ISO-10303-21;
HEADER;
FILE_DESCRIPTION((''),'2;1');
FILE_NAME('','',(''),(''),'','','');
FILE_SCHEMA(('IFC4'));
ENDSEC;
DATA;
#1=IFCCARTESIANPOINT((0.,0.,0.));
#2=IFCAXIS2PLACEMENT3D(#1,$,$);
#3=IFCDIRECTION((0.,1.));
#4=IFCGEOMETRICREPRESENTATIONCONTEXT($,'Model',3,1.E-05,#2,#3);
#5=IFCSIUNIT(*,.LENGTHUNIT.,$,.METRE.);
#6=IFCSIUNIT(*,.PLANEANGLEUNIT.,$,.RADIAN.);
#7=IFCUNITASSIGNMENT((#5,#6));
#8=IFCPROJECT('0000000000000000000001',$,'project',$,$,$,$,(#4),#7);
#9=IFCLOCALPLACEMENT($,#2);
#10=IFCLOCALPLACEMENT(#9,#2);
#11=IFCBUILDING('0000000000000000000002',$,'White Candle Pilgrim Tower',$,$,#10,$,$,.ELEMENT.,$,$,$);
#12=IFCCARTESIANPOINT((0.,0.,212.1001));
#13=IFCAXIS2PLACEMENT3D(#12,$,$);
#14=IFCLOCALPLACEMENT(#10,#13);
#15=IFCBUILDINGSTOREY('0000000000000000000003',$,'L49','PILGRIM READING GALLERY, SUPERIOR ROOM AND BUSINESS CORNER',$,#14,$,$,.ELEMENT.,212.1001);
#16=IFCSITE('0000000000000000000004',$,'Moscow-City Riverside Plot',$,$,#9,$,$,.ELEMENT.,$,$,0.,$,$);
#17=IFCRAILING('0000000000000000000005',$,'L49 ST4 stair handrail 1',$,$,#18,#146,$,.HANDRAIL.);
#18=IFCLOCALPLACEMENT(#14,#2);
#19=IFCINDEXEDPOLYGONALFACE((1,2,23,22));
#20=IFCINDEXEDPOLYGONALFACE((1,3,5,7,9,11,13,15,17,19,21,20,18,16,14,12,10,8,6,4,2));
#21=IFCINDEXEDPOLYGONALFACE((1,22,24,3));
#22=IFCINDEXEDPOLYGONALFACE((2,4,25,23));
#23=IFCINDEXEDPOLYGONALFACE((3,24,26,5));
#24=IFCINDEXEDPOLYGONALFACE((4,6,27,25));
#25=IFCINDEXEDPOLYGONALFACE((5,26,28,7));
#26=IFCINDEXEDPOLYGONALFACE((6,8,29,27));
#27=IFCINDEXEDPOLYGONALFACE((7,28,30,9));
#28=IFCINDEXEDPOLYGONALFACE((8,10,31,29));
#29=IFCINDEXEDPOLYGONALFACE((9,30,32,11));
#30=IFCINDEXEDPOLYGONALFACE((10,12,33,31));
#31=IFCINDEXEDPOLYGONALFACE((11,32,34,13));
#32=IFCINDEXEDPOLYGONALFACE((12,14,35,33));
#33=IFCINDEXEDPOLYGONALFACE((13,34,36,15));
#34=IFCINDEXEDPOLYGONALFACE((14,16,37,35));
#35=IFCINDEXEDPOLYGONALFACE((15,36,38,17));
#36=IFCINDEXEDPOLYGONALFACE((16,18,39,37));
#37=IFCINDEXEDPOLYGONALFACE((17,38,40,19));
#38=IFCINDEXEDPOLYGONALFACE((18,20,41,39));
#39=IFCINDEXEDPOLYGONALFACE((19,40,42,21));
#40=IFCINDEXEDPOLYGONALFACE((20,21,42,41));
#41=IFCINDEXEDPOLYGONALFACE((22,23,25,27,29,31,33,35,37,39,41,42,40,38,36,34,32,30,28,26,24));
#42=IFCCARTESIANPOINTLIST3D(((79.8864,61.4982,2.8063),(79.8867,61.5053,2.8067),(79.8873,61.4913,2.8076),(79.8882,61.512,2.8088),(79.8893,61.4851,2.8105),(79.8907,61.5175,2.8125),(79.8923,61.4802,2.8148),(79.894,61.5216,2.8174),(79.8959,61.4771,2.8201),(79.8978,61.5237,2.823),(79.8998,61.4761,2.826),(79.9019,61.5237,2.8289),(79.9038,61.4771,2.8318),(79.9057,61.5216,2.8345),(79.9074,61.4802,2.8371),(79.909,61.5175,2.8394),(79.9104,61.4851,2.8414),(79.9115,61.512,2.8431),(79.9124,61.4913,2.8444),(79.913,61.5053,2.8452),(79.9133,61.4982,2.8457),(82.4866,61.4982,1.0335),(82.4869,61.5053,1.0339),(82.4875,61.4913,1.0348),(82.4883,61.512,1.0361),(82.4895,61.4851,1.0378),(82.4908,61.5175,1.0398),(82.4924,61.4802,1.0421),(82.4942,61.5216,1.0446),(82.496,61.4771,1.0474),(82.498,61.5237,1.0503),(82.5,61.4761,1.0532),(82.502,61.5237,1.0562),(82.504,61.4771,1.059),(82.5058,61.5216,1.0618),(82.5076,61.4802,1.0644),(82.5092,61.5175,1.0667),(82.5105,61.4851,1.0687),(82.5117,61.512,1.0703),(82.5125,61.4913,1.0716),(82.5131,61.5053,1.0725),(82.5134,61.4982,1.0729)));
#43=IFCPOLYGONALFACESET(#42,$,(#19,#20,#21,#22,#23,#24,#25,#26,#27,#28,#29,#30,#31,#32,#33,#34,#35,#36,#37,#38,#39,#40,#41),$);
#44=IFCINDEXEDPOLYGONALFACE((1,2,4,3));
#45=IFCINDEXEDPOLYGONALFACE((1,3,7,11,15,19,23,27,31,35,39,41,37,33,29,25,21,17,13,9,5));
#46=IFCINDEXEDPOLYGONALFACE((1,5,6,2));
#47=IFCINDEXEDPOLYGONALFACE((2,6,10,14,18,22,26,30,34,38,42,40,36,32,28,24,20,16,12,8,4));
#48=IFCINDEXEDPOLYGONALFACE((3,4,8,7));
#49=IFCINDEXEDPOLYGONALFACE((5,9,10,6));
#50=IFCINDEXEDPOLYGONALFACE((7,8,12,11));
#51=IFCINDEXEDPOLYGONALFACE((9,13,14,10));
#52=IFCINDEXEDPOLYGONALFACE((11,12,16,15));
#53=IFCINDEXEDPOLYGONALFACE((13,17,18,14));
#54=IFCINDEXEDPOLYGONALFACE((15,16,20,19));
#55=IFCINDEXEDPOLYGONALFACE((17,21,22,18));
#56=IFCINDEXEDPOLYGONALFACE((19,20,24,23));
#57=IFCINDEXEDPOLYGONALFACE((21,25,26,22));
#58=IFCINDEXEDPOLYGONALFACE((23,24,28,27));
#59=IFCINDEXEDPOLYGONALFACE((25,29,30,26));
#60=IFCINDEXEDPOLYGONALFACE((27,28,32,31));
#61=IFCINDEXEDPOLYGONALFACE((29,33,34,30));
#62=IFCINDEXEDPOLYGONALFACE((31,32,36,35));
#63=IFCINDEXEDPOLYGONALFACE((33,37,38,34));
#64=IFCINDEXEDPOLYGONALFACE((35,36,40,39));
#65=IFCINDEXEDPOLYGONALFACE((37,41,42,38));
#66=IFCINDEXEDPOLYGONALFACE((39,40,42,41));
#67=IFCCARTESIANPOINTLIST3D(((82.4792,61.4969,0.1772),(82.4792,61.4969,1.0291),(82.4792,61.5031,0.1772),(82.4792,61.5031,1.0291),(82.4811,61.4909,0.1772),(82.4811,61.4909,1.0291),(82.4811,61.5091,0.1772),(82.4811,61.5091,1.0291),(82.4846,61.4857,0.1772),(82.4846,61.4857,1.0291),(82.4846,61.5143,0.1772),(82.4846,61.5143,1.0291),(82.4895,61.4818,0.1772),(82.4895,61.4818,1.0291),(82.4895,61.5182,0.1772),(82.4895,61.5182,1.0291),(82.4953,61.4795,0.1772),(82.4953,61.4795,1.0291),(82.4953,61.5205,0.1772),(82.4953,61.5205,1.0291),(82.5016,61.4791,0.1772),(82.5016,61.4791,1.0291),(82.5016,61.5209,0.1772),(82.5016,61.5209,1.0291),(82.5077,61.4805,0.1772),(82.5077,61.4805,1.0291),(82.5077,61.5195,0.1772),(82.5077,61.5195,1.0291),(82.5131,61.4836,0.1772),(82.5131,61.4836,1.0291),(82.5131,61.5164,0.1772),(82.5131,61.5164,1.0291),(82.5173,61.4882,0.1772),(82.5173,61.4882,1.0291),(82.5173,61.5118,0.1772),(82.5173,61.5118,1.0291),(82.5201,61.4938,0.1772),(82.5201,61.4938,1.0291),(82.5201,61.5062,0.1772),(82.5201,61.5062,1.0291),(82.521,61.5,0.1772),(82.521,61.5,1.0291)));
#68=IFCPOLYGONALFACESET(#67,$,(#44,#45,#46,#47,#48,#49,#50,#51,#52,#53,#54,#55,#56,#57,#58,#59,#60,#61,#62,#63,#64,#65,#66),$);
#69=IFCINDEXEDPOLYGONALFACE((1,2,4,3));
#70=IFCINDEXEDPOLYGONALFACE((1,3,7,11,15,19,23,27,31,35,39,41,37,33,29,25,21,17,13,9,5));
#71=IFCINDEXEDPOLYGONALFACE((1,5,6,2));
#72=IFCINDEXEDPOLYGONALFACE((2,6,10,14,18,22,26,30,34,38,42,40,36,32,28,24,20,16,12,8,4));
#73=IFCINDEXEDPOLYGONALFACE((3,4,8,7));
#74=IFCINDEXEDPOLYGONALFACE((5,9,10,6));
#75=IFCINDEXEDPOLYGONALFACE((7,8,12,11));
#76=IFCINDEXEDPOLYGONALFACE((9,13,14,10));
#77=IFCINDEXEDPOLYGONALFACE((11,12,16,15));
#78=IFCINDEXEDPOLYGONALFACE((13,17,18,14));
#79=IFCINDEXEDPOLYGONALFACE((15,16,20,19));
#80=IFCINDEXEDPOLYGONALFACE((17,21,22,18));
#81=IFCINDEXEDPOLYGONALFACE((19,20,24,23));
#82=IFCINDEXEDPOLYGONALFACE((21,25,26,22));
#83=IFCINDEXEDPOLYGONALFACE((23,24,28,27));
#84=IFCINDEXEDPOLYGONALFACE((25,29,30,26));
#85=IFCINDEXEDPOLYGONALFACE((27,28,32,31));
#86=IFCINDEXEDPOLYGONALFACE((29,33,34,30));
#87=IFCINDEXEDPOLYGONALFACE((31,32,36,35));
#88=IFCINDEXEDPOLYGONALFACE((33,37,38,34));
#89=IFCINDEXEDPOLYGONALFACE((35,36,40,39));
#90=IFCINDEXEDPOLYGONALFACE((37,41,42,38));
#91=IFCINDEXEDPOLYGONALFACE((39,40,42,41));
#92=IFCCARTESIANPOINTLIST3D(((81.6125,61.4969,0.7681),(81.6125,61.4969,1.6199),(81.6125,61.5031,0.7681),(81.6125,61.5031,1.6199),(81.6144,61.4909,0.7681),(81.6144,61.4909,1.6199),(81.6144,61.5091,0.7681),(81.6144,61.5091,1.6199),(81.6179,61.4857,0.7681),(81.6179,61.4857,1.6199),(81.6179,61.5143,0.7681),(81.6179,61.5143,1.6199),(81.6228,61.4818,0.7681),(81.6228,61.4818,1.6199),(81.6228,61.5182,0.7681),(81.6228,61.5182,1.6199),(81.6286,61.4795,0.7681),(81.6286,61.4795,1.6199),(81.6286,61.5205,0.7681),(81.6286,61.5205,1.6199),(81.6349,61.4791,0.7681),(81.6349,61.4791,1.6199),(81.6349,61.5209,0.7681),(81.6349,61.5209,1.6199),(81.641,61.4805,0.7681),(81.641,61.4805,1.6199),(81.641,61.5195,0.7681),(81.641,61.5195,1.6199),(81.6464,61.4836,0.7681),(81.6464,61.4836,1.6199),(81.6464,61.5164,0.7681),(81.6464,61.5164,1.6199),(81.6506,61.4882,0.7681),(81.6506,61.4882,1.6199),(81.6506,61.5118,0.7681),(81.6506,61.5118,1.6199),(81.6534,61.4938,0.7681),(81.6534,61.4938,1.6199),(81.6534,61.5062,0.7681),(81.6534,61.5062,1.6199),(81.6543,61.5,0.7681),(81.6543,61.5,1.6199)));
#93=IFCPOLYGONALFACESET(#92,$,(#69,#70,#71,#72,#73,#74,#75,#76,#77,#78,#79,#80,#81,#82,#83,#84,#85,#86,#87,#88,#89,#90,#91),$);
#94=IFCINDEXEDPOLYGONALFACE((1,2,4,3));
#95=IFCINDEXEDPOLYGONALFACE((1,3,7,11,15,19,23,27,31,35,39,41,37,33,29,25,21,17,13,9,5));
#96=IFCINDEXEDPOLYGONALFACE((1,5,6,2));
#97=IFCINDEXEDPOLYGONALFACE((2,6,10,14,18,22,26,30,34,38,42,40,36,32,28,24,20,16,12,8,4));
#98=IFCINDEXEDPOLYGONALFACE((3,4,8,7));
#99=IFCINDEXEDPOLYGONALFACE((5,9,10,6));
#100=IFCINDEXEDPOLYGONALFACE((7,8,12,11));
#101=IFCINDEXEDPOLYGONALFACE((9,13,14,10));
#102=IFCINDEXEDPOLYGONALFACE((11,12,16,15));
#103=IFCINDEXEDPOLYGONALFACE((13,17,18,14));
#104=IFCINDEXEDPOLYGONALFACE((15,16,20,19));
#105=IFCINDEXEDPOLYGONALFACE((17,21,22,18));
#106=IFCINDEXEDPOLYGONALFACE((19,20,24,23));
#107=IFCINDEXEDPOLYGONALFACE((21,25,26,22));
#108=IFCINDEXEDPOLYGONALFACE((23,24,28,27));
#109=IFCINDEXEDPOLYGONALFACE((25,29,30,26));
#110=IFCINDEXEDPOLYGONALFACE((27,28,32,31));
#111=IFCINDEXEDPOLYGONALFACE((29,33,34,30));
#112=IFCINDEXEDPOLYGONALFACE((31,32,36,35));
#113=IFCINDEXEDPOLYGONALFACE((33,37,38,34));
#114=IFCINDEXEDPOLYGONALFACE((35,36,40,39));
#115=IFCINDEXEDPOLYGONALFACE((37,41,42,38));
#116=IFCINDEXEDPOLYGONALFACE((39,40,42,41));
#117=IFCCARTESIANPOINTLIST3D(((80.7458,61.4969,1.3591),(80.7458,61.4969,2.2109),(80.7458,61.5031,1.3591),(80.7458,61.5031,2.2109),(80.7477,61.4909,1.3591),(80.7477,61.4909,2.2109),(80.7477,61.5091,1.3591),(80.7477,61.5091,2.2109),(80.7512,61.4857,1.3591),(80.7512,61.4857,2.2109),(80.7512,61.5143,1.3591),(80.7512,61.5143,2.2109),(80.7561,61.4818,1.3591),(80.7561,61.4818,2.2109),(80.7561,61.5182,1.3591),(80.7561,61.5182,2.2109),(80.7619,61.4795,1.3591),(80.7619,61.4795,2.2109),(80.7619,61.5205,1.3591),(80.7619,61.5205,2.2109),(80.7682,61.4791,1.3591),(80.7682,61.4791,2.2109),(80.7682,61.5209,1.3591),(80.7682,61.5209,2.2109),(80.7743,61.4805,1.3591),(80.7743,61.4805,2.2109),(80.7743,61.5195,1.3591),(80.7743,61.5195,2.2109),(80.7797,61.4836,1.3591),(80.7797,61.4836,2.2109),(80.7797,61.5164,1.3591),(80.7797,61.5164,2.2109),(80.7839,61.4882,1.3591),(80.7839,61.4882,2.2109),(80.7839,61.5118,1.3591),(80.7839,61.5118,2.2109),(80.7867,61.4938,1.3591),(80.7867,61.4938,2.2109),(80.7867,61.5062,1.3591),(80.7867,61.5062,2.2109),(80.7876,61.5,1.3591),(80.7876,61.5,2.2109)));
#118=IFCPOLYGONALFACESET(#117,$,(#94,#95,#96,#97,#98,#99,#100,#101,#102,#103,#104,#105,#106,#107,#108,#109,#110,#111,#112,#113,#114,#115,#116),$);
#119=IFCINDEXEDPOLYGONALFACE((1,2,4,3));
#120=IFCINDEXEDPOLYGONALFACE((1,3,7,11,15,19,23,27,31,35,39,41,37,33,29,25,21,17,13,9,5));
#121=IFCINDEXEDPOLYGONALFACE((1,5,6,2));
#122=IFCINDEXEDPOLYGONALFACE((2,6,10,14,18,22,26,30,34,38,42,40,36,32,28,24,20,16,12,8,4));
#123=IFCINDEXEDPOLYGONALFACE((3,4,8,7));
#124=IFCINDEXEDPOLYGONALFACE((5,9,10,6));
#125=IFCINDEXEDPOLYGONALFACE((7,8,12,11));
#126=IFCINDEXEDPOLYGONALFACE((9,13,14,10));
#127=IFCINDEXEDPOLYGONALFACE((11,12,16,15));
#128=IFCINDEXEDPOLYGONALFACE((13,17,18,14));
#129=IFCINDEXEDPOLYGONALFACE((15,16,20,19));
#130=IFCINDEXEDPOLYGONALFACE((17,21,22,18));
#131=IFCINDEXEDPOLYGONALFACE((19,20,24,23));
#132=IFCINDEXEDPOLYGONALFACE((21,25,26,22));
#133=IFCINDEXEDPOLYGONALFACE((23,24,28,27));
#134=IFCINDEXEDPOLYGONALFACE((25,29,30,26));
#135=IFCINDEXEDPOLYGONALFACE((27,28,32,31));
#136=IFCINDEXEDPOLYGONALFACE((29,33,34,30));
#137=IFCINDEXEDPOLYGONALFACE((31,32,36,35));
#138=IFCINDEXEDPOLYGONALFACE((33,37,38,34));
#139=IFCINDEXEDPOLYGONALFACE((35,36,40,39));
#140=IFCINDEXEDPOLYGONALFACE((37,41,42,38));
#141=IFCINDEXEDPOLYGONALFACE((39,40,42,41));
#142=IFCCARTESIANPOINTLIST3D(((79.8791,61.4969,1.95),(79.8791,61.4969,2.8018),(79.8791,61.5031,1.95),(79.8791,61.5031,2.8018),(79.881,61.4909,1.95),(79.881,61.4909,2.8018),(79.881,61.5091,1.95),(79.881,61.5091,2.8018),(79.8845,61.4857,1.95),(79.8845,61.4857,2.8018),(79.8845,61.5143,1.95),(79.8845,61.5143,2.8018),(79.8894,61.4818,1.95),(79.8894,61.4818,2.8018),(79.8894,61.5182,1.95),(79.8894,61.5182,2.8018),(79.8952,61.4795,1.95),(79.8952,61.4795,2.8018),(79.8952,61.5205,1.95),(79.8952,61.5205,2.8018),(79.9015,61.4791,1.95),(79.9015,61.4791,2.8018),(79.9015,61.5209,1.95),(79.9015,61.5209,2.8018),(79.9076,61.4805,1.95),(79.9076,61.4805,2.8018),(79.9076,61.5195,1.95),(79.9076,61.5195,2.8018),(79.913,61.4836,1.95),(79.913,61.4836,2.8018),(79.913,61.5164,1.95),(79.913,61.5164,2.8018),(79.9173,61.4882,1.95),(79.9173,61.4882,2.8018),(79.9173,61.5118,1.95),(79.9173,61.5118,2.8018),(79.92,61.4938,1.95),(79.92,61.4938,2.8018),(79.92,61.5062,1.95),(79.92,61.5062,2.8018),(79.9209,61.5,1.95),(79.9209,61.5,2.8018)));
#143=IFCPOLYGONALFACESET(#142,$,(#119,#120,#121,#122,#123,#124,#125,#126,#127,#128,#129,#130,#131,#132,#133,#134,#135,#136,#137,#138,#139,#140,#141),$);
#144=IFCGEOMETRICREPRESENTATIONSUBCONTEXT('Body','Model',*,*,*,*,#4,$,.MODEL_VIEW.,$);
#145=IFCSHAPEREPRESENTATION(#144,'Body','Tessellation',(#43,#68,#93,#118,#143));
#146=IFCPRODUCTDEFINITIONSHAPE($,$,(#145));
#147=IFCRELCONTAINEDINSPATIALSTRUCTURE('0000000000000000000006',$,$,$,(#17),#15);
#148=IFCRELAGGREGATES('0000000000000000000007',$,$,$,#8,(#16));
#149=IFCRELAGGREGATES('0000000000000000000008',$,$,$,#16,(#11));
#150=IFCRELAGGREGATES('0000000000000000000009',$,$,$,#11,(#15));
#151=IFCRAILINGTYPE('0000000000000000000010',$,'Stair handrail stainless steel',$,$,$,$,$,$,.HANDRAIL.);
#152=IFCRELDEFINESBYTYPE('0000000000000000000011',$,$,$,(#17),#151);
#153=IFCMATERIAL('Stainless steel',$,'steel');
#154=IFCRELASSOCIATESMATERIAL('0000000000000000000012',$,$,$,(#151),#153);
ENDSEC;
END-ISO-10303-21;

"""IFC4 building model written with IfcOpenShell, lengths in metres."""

from ifc_helpers import new_model, si_unit, direction, frame, origin, origin_2d, place, context, subcontext, project, spatial, circle, extrude, material, type_object, element, save


model = new_model("IFC4")

# Units and contexts
model_context = context("Model", 3, precision=1e-05, world=origin(), true_north=direction((0.0, 1.0)))
body_context = subcontext(model_context, "Body", "Model", "MODEL_VIEW")
ifc_project = project(units=[si_unit("LENGTHUNIT", "METRE"), si_unit("PLANEANGLEUNIT", "RADIAN")], contexts=[model_context])

# Site, building, storey
site_placement = place(None, origin())
site = spatial("IfcSite", under=ifc_project, at=site_placement, Name="Moscow-City Riverside Plot", CompositionType="ELEMENT", RefElevation=0.0)
building_placement = place(site_placement, origin())
building = spatial("IfcBuilding", under=site, at=building_placement, Name="White Candle Pilgrim Tower", CompositionType="ELEMENT")
storey_placement = place(building_placement, frame((0.0, 0.0, 212.1001)))
storey = spatial("IfcBuildingStorey", under=building, at=storey_placement, Name="L49", Description="PILGRIM READING GALLERY, SUPERIOR ROOM AND BUSINESS CORNER", CompositionType="ELEMENT", Elevation=212.1001)

# Railing
ifc_material_1 = material(Name="Stainless steel", Category="steel")
railing_type_1 = type_object("IfcRailingType", Name="Stair handrail stainless steel", PredefinedType="HANDRAIL", material=ifc_material_1)
railing_1_placement = place(storey_placement, frame((82.5, 61.5, 0.1772)))
element("IfcRailing", 1, at=railing_1_placement, inside=storey, type_object=railing_type_1, Name="L49 ST4 stair handrail 1", PredefinedType="HANDRAIL", context=body_context, shape_type="SweptSolid", body=[
    extrude(circle(Radius=0.0239, at=origin_2d()), frame((0.0, 0.0, 0.876), z_axis=(-0.82624, 0.0, 0.563318), x_axis=(0.0, -1.0, 0.0)), (0.0, 0.0, 1.0), 3.147),
    extrude(circle(Radius=0.021, at=origin_2d()), origin(), (0.0, 0.0, 1.0), 0.8518),
    extrude(circle(Radius=0.021, at=origin_2d()), frame((-0.8667, 0.0, 0.5908)), (0.0, 0.0, 1.0), 0.8518),
    extrude(circle(Radius=0.021, at=origin_2d()), frame((-1.7334, 0.0, 1.1819)), (0.0, 0.0, 1.0), 0.8518),
    extrude(circle(Radius=0.021, at=origin_2d()), frame((-2.6001, 0.0, 1.7727)), (0.0, 0.0, 1.0), 0.8518),
])

save(model, "model.ifc")
